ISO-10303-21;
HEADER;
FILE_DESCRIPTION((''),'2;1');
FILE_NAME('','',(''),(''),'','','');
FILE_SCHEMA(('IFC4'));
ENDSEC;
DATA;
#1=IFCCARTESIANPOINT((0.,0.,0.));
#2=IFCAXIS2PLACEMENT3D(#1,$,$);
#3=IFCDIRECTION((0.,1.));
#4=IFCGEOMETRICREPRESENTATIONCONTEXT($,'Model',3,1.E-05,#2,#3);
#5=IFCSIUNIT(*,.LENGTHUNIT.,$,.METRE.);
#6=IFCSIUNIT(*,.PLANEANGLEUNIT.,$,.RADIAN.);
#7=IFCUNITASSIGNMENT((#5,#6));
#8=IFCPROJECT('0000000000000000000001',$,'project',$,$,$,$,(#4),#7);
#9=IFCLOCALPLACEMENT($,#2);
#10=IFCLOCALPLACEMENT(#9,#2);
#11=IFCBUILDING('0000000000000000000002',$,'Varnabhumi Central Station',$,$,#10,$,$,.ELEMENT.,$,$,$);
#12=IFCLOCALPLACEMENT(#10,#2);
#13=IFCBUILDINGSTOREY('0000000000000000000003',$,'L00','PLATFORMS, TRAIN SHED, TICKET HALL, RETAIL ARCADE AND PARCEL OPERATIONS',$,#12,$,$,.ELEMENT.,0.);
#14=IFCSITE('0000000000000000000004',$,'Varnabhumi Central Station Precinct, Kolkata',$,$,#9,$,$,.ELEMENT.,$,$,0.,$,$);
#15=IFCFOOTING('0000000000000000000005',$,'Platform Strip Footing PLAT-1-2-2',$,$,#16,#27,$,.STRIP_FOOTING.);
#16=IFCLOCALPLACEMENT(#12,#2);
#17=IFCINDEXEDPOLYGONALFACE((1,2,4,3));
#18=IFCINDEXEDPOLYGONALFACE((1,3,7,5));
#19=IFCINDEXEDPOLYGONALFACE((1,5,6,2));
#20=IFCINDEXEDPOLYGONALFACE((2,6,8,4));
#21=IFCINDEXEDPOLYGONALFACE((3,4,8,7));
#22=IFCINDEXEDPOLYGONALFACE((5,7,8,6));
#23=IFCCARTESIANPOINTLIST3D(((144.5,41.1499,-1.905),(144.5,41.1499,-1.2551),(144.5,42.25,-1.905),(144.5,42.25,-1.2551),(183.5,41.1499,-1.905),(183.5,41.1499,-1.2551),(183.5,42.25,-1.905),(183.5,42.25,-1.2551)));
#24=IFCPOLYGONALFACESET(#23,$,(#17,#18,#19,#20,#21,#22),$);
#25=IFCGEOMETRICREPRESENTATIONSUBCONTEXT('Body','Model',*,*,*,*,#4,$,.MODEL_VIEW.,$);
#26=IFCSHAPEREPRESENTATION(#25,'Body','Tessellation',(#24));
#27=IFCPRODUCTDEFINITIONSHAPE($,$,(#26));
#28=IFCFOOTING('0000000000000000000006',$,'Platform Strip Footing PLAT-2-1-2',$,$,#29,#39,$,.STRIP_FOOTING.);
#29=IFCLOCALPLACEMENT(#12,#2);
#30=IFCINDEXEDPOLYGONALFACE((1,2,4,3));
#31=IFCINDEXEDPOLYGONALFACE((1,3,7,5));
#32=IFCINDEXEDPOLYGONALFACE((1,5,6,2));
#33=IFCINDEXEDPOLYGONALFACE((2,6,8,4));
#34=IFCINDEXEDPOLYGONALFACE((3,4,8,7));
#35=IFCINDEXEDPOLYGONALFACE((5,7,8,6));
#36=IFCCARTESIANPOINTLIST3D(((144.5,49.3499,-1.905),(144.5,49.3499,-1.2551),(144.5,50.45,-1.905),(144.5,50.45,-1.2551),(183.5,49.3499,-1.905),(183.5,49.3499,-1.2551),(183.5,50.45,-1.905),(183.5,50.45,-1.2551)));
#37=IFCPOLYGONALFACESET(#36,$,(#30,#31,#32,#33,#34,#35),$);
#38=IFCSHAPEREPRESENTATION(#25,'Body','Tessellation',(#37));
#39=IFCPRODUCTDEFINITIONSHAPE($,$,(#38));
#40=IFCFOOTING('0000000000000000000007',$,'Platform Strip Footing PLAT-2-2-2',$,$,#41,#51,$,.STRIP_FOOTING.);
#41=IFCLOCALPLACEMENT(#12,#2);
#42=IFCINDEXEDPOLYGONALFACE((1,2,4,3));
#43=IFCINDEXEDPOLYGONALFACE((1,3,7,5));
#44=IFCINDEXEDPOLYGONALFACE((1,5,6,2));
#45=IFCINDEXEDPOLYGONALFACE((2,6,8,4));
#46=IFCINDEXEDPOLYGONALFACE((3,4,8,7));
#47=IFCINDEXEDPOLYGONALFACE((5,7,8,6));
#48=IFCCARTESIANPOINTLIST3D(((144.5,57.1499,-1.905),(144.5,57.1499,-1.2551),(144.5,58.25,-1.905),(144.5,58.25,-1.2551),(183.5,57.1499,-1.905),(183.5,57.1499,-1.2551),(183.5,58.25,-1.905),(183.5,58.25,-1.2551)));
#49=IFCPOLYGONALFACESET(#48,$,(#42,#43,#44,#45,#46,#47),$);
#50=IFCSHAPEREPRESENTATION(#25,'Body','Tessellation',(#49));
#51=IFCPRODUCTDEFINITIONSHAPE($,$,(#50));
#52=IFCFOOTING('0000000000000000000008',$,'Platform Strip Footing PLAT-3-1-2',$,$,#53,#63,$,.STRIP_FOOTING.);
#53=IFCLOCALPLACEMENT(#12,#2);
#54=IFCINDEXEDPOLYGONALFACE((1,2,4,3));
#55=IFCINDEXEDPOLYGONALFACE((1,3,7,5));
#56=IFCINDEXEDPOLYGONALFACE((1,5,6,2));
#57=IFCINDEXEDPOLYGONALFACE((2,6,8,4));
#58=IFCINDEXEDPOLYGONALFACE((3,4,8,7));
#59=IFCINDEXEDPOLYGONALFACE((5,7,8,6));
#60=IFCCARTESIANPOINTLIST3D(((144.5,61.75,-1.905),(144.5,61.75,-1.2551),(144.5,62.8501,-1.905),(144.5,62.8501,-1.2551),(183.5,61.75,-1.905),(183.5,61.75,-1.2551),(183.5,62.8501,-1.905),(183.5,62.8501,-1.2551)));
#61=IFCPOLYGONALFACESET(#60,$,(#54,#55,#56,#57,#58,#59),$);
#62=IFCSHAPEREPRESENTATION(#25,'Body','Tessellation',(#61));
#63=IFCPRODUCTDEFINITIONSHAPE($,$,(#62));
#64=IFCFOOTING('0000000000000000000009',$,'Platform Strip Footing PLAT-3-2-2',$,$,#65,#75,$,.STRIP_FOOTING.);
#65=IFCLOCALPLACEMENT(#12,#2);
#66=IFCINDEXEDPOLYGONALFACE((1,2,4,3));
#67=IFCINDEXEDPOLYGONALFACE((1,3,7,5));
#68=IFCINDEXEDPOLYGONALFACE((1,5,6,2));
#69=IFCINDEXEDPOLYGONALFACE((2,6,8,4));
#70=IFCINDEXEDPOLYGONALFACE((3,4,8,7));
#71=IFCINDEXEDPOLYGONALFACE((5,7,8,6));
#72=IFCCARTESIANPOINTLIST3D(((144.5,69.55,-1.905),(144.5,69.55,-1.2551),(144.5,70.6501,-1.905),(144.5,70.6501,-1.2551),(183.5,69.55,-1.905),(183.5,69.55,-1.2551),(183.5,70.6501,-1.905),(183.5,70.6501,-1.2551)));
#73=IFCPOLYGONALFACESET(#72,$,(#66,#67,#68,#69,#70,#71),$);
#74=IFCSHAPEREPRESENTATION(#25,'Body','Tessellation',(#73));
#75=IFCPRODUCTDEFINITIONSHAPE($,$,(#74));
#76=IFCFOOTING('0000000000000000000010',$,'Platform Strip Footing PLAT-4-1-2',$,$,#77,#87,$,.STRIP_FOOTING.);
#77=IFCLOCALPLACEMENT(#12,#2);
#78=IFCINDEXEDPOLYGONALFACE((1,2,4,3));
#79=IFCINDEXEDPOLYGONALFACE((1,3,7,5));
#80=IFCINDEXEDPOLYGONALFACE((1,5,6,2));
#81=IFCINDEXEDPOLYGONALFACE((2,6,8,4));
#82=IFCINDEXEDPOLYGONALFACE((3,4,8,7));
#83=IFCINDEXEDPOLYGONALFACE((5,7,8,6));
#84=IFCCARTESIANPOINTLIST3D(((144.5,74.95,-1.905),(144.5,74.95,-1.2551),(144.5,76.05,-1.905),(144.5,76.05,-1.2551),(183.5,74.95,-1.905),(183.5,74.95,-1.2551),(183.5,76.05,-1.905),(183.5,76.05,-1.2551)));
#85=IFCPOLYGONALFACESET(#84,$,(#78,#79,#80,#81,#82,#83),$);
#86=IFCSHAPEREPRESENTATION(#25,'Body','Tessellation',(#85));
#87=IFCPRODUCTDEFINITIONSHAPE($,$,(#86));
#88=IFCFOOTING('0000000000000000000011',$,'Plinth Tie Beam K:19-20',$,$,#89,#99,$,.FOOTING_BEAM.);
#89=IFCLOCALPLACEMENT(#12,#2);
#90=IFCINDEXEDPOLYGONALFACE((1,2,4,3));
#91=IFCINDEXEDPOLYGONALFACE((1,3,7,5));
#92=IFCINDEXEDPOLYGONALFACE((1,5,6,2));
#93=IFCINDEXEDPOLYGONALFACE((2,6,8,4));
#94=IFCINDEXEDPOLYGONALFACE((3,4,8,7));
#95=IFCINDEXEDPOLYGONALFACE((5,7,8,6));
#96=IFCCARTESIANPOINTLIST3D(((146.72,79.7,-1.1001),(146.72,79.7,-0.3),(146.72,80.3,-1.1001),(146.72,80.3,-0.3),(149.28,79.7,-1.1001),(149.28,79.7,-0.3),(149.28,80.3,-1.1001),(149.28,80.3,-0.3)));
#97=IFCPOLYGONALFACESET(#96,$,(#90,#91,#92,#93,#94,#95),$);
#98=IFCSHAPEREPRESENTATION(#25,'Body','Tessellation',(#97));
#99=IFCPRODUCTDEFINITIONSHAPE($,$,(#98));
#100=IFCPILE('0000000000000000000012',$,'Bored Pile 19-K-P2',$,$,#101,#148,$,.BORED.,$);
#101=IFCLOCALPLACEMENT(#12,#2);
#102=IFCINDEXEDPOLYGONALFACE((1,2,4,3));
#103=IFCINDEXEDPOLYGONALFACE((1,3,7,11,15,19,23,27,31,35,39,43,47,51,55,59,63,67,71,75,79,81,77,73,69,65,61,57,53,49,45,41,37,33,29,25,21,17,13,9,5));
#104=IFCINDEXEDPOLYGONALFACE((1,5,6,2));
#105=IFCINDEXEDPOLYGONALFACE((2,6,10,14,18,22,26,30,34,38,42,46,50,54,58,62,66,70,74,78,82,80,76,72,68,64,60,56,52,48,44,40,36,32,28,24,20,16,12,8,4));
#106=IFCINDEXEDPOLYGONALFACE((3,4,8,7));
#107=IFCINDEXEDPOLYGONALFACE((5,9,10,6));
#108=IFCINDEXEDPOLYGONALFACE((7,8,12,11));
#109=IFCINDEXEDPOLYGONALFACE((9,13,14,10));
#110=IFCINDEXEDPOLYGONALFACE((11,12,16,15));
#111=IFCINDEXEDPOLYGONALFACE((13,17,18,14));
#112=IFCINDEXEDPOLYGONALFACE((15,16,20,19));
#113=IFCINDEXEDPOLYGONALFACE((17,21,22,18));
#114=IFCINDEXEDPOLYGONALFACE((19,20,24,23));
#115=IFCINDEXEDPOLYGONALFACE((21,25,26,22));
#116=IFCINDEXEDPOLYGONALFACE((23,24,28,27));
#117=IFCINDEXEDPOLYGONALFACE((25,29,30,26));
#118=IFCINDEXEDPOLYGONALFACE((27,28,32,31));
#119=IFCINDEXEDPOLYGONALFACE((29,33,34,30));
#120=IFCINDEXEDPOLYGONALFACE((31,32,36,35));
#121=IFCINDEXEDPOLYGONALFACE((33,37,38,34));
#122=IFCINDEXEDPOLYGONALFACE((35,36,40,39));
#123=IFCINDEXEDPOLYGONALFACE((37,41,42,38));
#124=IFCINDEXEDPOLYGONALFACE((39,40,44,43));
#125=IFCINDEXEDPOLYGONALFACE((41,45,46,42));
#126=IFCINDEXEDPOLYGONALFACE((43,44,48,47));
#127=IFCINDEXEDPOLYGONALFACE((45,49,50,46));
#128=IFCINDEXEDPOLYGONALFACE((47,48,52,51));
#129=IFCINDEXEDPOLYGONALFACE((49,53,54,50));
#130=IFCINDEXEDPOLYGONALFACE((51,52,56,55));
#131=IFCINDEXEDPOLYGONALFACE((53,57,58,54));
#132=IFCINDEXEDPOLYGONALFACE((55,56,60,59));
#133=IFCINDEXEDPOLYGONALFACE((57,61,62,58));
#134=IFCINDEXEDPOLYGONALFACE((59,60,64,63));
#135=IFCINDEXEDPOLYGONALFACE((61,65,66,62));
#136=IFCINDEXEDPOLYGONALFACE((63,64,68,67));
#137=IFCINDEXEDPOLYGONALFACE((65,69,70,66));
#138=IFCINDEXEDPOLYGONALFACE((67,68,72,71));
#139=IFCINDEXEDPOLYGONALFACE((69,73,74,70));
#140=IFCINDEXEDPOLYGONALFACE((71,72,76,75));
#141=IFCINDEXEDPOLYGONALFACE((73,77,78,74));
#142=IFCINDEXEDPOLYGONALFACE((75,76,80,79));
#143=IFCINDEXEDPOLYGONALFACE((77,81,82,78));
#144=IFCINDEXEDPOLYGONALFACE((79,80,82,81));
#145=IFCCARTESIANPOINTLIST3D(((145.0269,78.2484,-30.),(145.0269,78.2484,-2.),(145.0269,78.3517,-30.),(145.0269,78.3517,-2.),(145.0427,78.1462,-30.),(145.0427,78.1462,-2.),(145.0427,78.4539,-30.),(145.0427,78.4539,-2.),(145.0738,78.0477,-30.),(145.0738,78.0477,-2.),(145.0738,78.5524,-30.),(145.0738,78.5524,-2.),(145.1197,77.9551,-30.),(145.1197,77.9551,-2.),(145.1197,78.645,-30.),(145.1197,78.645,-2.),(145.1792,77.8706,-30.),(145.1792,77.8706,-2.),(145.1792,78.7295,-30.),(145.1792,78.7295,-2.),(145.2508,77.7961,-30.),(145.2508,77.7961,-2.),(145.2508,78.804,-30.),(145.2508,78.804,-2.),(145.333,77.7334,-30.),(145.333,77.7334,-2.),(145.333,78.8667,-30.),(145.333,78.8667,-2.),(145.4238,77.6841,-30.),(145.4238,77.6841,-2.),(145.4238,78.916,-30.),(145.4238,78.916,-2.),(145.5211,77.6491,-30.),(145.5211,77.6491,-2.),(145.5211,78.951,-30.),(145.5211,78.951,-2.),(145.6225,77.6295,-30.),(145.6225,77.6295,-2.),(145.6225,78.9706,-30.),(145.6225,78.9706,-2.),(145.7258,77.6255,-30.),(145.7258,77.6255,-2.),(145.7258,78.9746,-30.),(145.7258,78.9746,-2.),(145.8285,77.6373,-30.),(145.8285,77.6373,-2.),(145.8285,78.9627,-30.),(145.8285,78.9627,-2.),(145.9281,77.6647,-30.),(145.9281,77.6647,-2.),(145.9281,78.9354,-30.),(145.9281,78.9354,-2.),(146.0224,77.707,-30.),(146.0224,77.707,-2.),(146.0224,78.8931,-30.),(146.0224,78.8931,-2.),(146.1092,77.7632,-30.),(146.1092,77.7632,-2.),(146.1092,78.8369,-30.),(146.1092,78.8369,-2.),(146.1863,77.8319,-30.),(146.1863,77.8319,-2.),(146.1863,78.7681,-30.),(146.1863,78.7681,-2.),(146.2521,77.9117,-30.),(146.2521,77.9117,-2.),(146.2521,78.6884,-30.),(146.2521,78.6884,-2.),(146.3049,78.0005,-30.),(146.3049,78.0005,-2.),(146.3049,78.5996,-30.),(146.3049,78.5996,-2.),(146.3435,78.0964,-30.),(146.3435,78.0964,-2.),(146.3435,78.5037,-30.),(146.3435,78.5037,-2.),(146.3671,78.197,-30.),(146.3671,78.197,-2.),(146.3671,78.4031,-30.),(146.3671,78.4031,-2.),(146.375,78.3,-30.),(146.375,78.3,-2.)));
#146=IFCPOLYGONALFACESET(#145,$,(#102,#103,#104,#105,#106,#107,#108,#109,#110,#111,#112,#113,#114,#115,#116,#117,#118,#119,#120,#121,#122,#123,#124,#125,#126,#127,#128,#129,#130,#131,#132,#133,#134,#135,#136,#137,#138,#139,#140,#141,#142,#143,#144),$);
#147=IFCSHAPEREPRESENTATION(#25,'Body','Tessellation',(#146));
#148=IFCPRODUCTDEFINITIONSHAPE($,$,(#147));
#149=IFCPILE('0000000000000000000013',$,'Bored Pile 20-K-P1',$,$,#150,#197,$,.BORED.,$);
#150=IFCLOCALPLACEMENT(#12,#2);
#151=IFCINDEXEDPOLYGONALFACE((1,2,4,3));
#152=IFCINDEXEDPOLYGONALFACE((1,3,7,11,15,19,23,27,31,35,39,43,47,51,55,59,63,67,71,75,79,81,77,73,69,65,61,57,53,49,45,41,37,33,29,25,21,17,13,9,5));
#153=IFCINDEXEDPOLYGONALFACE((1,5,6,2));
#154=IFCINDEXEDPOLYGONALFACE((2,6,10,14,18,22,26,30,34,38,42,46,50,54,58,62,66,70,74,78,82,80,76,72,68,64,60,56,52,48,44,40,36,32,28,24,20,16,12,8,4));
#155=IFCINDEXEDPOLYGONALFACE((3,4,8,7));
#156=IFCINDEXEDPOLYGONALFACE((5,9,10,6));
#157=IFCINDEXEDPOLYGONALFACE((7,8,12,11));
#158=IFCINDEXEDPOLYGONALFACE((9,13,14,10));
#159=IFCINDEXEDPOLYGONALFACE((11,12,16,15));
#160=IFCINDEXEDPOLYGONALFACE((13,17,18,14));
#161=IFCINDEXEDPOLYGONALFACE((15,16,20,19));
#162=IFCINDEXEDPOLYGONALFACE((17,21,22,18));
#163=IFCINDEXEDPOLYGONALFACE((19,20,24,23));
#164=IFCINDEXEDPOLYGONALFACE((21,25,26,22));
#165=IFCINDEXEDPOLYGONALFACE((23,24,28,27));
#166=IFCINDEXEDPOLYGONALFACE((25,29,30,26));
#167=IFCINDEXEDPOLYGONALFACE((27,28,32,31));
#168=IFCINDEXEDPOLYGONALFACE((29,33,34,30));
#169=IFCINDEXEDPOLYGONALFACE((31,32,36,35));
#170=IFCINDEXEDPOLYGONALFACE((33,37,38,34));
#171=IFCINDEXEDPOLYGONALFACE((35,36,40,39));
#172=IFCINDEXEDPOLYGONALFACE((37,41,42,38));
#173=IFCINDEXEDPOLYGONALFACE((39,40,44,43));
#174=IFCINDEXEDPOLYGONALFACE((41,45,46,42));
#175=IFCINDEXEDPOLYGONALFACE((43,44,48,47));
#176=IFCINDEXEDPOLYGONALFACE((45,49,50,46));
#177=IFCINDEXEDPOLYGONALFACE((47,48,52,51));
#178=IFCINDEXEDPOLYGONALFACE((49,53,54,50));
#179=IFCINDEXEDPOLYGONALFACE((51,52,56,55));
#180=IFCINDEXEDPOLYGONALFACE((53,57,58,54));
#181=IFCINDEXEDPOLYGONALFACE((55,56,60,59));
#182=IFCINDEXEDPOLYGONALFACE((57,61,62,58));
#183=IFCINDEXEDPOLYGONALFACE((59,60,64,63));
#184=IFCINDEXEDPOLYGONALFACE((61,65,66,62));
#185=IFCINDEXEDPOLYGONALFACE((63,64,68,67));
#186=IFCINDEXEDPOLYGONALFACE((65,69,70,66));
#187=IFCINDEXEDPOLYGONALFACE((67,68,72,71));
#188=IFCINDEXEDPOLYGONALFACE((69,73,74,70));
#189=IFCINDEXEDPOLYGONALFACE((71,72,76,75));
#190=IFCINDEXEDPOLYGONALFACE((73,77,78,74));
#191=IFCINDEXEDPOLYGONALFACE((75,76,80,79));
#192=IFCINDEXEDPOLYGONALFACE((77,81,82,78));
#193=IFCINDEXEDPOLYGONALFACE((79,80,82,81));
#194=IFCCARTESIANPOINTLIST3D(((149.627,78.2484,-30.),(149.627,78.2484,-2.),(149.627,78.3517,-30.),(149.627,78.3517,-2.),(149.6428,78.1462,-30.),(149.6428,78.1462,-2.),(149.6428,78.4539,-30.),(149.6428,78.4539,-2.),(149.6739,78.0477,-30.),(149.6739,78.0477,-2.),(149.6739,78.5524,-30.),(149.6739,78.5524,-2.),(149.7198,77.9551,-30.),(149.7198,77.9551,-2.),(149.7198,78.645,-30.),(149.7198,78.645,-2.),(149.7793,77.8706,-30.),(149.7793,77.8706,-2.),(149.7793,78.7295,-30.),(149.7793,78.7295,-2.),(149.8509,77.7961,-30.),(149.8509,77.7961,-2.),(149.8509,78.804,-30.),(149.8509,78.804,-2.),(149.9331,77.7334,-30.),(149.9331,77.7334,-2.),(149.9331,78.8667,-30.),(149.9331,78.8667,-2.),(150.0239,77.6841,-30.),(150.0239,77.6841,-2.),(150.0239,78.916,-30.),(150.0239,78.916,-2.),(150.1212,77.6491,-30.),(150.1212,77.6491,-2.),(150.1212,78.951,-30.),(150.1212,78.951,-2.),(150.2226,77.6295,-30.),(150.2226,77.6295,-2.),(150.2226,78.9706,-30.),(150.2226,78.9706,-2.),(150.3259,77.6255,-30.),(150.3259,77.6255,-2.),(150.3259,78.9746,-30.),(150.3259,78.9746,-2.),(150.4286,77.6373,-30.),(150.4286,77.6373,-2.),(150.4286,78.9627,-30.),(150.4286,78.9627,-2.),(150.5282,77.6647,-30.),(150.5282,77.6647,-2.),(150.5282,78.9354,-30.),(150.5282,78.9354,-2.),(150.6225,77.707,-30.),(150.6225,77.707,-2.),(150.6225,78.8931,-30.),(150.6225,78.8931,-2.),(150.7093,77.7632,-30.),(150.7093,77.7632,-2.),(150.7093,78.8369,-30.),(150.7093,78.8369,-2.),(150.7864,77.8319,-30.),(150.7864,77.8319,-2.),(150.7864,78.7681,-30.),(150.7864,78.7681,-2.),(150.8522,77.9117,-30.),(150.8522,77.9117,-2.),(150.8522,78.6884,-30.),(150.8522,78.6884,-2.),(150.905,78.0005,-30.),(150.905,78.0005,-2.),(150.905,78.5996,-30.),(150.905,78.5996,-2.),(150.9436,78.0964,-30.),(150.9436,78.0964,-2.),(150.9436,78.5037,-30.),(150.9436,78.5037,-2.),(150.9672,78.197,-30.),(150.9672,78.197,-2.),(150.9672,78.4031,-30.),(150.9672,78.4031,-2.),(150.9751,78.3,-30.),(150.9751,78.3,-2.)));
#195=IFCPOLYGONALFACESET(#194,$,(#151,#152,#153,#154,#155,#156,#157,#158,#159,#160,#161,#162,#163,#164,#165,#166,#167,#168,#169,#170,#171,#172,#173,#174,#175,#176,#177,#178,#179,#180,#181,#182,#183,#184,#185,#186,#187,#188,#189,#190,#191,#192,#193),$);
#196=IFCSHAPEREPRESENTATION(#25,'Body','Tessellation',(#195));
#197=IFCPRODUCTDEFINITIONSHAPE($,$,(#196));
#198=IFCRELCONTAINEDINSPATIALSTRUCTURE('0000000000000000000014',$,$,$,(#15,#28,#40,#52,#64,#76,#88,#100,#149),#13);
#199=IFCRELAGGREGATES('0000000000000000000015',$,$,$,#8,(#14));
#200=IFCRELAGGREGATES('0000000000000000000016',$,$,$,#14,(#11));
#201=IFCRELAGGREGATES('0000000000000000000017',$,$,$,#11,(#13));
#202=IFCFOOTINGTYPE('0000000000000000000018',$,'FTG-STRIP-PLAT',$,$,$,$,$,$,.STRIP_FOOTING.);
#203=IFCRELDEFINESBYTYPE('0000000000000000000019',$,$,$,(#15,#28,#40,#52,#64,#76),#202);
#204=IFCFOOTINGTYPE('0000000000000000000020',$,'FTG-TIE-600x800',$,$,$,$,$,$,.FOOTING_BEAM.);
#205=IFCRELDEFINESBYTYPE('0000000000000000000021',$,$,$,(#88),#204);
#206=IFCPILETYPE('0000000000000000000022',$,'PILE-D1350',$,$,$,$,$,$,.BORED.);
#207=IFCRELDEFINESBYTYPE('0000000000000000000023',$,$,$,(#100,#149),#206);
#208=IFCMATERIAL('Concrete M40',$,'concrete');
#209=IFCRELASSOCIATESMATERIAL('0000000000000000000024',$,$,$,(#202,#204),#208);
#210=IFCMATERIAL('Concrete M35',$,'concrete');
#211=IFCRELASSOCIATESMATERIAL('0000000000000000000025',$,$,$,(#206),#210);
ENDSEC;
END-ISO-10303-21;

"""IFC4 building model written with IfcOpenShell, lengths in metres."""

from ifc_helpers import new_model, si_unit, direction, frame, origin, origin_2d, place, context, subcontext, project, spatial, rectangle, circle, extrude, material, material_profile, profile_set, type_object, element, save


model = new_model("IFC4")

# Units and contexts
model_context = context("Model", 3, precision=1e-05, world=origin(), true_north=direction((0.0, 1.0)))
body_context = subcontext(model_context, "Body", "Model", "MODEL_VIEW")
ifc_project = project(units=[si_unit("LENGTHUNIT", "METRE"), si_unit("PLANEANGLEUNIT", "RADIAN")], contexts=[model_context])

# Site, building, storey
site_placement = place(None, origin())
site = spatial("IfcSite", under=ifc_project, at=site_placement, Name="Varnabhumi Central Station Precinct, Kolkata", CompositionType="ELEMENT", RefElevation=0.0)
building_placement = place(site_placement, origin())
building = spatial("IfcBuilding", under=site, at=building_placement, Name="Varnabhumi Central Station", CompositionType="ELEMENT")
storey_placement = place(building_placement, origin())
storey = spatial("IfcBuildingStorey", under=building, at=storey_placement, Name="L00", Description="PLATFORMS, TRAIN SHED, TICKET HALL, RETAIL ARCADE AND PARCEL OPERATIONS", CompositionType="ELEMENT", Elevation=0.0)

# Footings
ifc_material_1 = material(Name="Concrete M40", Category="concrete")
footing_type_1 = type_object("IfcFootingType", Name="FTG-STRIP-PLAT", PredefinedType="STRIP_FOOTING", material=ifc_material_1)
for number, where, z_axis, x_axis, name in (
    (1, (164.0, 41.7, -1.905), (0.0, 0.0, 1.0), (1.0, 0.0, 0.0), "Platform Strip Footing PLAT-1-2-2"),
    (2, (164.0, 49.8999, -1.905), (0.0, 0.0, 1.0), (1.0, 0.0, 0.0), "Platform Strip Footing PLAT-2-1-2"),
    (3, (164.0, 57.7, -1.905), (0.0, 0.0, 1.0), (1.0, 0.0, 0.0), "Platform Strip Footing PLAT-2-2-2"),
    (4, (164.0, 62.3, -1.905), (0.0, 0.0, 1.0), (1.0, 0.0, 0.0), "Platform Strip Footing PLAT-3-1-2"),
    (5, (164.0, 70.1001, -1.905), (0.0, 0.0, 1.0), (1.0, 0.0, 0.0), "Platform Strip Footing PLAT-3-2-2"),
    (6, (164.0, 75.5, -1.905), (0.0, 0.0, 1.0), (1.0, 0.0, 0.0), "Platform Strip Footing PLAT-4-1-2"),
):
    element("IfcFooting", number, at=place(storey_placement, frame(where, z_axis=z_axis, x_axis=x_axis)), inside=storey, type_object=footing_type_1, Name=name, PredefinedType="STRIP_FOOTING", context=body_context, shape_type="SweptSolid", body=[
        extrude(rectangle(XDim=39.0, YDim=1.1001, at=origin_2d()), origin(), (0.0, 0.0, 1.0), 0.6499),
    ])
footing_type_2 = type_object("IfcFootingType", Name="FTG-TIE-600x800", PredefinedType="FOOTING_BEAM", material=ifc_material_1)
footing_placement = place(storey_placement, frame((148.0, 80.0, -1.1001), z_axis=(0.0, 0.0, 1.0), x_axis=(1.0, 0.0, 0.0)))
element("IfcFooting", 7, at=footing_placement, inside=storey, type_object=footing_type_2, Name="Plinth Tie Beam K:19-20", PredefinedType="FOOTING_BEAM", context=body_context, shape_type="SweptSolid", body=[
    extrude(rectangle(XDim=2.5601, YDim=0.6001, at=origin_2d()), origin(), (0.0, 0.0, 1.0), 0.8),
])

# Piles
ifc_material_2 = material(Name="Concrete M35", Category="concrete")
ifc_material_profile_1 = material_profile(ifc_material_2, circle(Radius=0.675, at=origin_2d()), Name="Concrete M35", Category="concrete")
ifc_profile_set_1 = profile_set([ifc_material_profile_1], Name="Concrete M35")
pile_type = type_object("IfcPileType", Name="PILE-D1350", PredefinedType="BORED", material=ifc_profile_set_1)
for number, where, z_axis, x_axis, name in (
    (8, (145.7, 78.3, -2.0), (0.0, 0.0, -1.0), (1.0, 0.0, 0.0), "Bored Pile 19-K-P2"),
    (9, (150.3, 78.3, -2.0), (0.0, 0.0, -1.0), (1.0, 0.0, 0.0), "Bored Pile 20-K-P1"),
):
    element("IfcPile", number, at=place(storey_placement, frame(where, z_axis=z_axis, x_axis=x_axis)), inside=storey, type_object=pile_type, Name=name, PredefinedType="BORED", context=body_context, shape_type="SweptSolid", body=[
        extrude(circle(Radius=0.675, at=origin_2d()), origin(), (0.0, 0.0, 1.0), 28.0),
    ])

save(model, "model.ifc")
